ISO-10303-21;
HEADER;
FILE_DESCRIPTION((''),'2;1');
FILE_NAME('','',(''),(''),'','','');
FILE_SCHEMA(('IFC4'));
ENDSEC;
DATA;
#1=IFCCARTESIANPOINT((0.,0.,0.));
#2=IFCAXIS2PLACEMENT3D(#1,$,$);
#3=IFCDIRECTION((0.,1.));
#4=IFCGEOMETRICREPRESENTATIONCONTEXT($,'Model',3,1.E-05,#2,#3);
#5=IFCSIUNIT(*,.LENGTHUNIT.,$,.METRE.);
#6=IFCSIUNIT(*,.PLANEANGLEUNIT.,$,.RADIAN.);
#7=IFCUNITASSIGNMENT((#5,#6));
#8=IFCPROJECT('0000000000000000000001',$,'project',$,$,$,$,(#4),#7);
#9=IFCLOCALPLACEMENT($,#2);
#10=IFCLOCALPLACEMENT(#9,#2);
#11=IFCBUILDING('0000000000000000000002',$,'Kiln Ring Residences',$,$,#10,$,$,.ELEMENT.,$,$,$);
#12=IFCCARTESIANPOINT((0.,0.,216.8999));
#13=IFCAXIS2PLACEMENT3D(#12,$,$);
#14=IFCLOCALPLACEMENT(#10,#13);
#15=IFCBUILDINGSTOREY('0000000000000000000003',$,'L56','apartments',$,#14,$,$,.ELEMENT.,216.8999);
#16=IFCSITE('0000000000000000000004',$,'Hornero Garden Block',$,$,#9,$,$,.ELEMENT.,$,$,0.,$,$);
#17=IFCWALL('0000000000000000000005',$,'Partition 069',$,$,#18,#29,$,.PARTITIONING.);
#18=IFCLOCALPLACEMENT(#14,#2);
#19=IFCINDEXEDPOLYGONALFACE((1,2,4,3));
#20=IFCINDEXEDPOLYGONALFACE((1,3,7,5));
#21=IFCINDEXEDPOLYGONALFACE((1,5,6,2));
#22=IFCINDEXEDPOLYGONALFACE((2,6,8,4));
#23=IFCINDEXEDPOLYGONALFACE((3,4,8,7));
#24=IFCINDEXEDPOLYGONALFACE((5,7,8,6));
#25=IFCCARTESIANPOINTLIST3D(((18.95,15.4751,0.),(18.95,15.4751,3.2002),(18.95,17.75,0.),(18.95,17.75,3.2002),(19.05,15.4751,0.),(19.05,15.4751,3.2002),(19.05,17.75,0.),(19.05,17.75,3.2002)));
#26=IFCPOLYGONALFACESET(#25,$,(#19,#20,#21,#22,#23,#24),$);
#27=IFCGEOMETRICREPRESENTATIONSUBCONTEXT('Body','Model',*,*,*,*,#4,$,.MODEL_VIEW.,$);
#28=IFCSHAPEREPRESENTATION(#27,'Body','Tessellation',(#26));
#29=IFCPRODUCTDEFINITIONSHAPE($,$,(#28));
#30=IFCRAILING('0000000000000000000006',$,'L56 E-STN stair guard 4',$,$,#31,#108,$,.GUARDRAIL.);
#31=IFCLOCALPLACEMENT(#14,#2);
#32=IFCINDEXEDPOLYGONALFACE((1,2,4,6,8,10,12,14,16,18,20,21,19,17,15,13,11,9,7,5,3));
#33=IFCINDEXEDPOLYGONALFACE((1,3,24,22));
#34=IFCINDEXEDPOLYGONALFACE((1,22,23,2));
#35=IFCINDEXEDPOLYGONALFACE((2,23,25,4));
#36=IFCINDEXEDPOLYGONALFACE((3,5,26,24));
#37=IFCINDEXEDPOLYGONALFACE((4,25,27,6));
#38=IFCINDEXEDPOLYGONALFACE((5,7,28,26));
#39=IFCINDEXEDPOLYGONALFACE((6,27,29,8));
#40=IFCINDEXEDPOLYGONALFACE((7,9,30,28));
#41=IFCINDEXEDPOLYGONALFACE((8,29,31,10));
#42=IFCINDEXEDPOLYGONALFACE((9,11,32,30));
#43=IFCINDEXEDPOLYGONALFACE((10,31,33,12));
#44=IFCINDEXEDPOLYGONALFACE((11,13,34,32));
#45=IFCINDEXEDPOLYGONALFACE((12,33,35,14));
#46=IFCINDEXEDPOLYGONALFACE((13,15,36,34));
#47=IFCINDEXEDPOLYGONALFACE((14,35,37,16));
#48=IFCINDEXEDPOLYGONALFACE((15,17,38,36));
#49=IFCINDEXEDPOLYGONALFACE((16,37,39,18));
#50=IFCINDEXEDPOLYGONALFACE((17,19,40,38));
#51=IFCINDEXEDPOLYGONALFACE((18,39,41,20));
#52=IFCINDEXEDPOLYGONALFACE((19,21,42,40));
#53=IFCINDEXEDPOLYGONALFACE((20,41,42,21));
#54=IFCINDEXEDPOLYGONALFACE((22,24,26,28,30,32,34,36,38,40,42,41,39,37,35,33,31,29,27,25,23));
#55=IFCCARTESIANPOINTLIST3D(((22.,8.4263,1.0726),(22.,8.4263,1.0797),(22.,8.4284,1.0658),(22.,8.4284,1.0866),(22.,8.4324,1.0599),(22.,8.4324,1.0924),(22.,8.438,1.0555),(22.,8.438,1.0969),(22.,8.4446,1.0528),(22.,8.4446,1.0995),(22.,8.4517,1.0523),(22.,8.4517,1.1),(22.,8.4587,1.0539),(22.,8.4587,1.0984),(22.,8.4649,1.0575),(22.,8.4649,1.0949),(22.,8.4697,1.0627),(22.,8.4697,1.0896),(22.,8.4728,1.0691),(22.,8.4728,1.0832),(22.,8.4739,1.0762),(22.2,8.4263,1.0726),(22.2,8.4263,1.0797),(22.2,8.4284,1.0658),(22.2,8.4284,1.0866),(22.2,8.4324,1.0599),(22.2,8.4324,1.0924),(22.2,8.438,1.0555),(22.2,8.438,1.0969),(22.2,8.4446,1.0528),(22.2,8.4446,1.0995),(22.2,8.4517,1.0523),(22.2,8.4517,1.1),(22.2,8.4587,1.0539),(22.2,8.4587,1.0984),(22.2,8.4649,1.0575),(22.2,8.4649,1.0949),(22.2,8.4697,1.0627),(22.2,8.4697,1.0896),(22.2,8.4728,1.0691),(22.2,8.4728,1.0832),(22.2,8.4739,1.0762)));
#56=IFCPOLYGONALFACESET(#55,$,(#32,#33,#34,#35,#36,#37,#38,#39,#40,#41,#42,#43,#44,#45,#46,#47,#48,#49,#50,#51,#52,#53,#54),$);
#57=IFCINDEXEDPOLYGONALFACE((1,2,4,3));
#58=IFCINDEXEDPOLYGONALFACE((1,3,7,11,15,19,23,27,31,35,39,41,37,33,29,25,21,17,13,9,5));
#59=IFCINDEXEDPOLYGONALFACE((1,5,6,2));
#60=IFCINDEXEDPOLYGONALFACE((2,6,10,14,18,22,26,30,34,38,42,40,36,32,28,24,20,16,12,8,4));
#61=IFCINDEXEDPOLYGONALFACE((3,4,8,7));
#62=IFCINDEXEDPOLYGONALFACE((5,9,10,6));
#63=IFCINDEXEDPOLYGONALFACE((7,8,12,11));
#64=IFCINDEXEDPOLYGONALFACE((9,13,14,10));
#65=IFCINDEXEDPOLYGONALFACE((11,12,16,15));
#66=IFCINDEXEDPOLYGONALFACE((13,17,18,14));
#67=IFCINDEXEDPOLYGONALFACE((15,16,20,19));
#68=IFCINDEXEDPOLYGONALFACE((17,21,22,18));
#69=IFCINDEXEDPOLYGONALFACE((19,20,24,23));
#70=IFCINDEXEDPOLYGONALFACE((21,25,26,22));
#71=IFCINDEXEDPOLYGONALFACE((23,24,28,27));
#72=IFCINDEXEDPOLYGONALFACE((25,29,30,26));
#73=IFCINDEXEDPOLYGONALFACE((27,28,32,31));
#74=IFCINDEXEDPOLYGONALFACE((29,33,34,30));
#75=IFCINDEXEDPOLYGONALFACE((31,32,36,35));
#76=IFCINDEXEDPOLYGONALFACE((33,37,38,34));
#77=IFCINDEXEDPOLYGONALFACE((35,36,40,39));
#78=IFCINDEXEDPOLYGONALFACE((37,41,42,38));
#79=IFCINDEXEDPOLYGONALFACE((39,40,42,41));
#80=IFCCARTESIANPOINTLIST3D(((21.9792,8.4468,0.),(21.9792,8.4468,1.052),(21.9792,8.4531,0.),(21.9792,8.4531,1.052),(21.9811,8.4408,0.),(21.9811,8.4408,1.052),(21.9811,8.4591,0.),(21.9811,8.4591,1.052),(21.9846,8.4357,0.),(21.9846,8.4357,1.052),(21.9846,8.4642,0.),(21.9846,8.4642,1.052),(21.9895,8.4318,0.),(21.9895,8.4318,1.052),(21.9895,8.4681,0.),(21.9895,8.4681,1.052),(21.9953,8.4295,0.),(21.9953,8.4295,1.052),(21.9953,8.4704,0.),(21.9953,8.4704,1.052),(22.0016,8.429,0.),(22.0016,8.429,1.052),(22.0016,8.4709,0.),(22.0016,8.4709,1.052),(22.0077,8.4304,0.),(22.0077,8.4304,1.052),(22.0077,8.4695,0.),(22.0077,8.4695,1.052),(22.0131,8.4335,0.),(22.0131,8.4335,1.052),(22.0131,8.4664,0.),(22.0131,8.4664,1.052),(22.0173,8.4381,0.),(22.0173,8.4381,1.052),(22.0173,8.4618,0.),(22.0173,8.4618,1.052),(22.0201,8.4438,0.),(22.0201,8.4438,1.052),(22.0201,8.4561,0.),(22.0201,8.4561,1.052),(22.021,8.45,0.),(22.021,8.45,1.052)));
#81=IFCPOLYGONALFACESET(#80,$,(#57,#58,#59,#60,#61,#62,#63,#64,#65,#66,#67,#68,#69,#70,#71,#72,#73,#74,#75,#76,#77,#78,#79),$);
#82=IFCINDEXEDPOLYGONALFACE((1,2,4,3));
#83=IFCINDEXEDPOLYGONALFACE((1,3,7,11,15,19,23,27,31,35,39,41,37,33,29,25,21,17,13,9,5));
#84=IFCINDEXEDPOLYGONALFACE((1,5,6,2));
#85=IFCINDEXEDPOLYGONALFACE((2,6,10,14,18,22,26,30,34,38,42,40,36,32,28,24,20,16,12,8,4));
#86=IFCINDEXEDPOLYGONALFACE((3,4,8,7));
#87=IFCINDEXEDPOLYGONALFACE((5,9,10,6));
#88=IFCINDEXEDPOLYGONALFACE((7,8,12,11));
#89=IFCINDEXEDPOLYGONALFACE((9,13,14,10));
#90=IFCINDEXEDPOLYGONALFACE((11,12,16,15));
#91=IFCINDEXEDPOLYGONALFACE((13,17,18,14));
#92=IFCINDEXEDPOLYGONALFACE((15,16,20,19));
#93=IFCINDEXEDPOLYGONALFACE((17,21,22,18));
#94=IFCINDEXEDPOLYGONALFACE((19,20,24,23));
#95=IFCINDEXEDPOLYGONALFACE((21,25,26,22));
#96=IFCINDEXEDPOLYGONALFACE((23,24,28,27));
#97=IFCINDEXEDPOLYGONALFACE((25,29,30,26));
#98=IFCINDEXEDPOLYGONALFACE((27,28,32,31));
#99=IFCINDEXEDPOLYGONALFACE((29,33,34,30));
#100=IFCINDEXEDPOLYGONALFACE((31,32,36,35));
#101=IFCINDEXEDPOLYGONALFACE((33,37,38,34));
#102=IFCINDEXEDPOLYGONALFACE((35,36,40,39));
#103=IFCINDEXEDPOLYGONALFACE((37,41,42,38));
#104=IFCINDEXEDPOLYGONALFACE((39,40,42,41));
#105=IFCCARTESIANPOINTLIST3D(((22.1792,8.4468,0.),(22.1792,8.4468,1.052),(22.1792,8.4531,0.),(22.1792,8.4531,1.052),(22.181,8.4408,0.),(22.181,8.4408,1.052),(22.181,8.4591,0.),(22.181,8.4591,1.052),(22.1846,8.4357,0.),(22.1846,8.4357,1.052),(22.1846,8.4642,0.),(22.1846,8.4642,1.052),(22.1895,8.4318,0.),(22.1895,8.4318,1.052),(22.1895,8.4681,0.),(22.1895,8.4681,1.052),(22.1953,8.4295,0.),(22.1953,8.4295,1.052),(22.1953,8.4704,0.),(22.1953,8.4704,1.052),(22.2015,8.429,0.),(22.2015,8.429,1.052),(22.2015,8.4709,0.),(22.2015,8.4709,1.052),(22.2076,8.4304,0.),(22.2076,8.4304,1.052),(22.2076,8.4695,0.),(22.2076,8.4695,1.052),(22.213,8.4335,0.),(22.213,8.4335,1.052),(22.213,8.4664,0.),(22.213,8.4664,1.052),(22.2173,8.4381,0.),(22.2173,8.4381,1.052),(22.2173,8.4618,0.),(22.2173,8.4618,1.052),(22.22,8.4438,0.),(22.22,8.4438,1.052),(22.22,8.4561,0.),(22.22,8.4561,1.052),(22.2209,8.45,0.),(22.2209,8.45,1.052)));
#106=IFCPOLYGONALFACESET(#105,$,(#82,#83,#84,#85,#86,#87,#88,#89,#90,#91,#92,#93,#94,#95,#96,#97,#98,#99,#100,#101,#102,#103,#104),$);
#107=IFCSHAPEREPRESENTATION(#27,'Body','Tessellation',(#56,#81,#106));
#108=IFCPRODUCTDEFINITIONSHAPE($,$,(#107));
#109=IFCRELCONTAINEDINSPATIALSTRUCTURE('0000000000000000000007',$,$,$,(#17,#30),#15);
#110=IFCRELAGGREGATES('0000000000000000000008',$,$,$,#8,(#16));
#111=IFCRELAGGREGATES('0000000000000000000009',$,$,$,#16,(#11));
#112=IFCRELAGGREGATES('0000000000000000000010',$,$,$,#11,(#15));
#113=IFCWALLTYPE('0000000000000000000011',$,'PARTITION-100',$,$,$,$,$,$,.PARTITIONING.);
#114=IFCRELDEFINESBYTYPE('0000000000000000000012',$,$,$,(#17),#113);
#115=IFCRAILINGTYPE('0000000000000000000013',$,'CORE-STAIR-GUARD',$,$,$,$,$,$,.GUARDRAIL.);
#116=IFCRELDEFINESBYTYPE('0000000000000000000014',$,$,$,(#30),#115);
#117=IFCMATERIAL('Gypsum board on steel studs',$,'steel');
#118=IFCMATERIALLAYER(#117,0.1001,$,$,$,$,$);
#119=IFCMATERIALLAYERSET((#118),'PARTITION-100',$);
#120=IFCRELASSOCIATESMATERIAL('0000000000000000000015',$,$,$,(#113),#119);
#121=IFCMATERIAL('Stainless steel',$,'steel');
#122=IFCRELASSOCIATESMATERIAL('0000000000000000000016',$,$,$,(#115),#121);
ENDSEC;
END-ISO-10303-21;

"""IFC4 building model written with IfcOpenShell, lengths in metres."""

from ifc_helpers import new_model, si_unit, direction, frame, frame_2d, origin, origin_2d, place, context, subcontext, project, spatial, rectangle, circle, extrude, material, layer, layer_set, type_object, element, save


model = new_model("IFC4")

# Units and contexts
model_context = context("Model", 3, precision=1e-05, world=origin(), true_north=direction((0.0, 1.0)))
body_context = subcontext(model_context, "Body", "Model", "MODEL_VIEW")
ifc_project = project(units=[si_unit("LENGTHUNIT", "METRE"), si_unit("PLANEANGLEUNIT", "RADIAN")], contexts=[model_context])

# Site, building, storey
site_placement = place(None, origin())
site = spatial("IfcSite", under=ifc_project, at=site_placement, Name="Hornero Garden Block", CompositionType="ELEMENT", RefElevation=0.0)
building_placement = place(site_placement, origin())
building = spatial("IfcBuilding", under=site, at=building_placement, Name="Kiln Ring Residences", CompositionType="ELEMENT")
storey_placement = place(building_placement, frame((0.0, 0.0, 216.8999)))
storey = spatial("IfcBuildingStorey", under=building, at=storey_placement, Name="L56", Description="apartments", CompositionType="ELEMENT", Elevation=216.8999)

# Shared definitions
ifc_material_1 = material(Name="Gypsum board on steel studs", Category="steel")
ifc_layer_1 = layer(ifc_material_1, 0.1001)
ifc_layer_set_1 = layer_set([ifc_layer_1], Name="PARTITION-100")
wall_type_1 = type_object("IfcWallType", Name="PARTITION-100", PredefinedType="PARTITIONING", material=ifc_layer_set_1)

# Wall
wall_1_placement = place(storey_placement, frame((19.0, 15.4751, 0.0), z_axis=(0.0, 0.0, 1.0), x_axis=(0.0, 1.0, 0.0)))
element("IfcWall", 1, at=wall_1_placement, inside=storey, type_object=wall_type_1, Name="Partition 069", PredefinedType="PARTITIONING", context=body_context, shape_type="SweptSolid", body=[
    extrude(rectangle(XDim=2.2749, YDim=0.1001, at=frame_2d((1.1375, 0.0))), origin(), (0.0, 0.0, 1.0), 3.2002),
])

# Railing
ifc_material_2 = material(Name="Stainless steel", Category="steel")
railing_type = type_object("IfcRailingType", Name="CORE-STAIR-GUARD", PredefinedType="GUARDRAIL", material=ifc_material_2)
railing_placement = place(storey_placement, frame((22.0, 8.45, 0.0)))
element("IfcRailing", 2, at=railing_placement, inside=storey, type_object=railing_type, Name="L56 E-STN stair guard 4", PredefinedType="GUARDRAIL", context=body_context, shape_type="SweptSolid", body=[
    extrude(circle(Radius=0.0239, at=origin_2d()), frame((0.0, 0.0, 1.0762), z_axis=(1.0, 0.0, 0.0), x_axis=(0.0, 1.0, 0.0)), (0.0, 0.0, 1.0), 0.2),
    extrude(circle(Radius=0.021, at=origin_2d()), origin(), (0.0, 0.0, 1.0), 1.052),
    extrude(circle(Radius=0.021, at=origin_2d()), frame((0.2, 0.0, 0.0)), (0.0, 0.0, 1.0), 1.052),
])

save(model, "model.ifc")
